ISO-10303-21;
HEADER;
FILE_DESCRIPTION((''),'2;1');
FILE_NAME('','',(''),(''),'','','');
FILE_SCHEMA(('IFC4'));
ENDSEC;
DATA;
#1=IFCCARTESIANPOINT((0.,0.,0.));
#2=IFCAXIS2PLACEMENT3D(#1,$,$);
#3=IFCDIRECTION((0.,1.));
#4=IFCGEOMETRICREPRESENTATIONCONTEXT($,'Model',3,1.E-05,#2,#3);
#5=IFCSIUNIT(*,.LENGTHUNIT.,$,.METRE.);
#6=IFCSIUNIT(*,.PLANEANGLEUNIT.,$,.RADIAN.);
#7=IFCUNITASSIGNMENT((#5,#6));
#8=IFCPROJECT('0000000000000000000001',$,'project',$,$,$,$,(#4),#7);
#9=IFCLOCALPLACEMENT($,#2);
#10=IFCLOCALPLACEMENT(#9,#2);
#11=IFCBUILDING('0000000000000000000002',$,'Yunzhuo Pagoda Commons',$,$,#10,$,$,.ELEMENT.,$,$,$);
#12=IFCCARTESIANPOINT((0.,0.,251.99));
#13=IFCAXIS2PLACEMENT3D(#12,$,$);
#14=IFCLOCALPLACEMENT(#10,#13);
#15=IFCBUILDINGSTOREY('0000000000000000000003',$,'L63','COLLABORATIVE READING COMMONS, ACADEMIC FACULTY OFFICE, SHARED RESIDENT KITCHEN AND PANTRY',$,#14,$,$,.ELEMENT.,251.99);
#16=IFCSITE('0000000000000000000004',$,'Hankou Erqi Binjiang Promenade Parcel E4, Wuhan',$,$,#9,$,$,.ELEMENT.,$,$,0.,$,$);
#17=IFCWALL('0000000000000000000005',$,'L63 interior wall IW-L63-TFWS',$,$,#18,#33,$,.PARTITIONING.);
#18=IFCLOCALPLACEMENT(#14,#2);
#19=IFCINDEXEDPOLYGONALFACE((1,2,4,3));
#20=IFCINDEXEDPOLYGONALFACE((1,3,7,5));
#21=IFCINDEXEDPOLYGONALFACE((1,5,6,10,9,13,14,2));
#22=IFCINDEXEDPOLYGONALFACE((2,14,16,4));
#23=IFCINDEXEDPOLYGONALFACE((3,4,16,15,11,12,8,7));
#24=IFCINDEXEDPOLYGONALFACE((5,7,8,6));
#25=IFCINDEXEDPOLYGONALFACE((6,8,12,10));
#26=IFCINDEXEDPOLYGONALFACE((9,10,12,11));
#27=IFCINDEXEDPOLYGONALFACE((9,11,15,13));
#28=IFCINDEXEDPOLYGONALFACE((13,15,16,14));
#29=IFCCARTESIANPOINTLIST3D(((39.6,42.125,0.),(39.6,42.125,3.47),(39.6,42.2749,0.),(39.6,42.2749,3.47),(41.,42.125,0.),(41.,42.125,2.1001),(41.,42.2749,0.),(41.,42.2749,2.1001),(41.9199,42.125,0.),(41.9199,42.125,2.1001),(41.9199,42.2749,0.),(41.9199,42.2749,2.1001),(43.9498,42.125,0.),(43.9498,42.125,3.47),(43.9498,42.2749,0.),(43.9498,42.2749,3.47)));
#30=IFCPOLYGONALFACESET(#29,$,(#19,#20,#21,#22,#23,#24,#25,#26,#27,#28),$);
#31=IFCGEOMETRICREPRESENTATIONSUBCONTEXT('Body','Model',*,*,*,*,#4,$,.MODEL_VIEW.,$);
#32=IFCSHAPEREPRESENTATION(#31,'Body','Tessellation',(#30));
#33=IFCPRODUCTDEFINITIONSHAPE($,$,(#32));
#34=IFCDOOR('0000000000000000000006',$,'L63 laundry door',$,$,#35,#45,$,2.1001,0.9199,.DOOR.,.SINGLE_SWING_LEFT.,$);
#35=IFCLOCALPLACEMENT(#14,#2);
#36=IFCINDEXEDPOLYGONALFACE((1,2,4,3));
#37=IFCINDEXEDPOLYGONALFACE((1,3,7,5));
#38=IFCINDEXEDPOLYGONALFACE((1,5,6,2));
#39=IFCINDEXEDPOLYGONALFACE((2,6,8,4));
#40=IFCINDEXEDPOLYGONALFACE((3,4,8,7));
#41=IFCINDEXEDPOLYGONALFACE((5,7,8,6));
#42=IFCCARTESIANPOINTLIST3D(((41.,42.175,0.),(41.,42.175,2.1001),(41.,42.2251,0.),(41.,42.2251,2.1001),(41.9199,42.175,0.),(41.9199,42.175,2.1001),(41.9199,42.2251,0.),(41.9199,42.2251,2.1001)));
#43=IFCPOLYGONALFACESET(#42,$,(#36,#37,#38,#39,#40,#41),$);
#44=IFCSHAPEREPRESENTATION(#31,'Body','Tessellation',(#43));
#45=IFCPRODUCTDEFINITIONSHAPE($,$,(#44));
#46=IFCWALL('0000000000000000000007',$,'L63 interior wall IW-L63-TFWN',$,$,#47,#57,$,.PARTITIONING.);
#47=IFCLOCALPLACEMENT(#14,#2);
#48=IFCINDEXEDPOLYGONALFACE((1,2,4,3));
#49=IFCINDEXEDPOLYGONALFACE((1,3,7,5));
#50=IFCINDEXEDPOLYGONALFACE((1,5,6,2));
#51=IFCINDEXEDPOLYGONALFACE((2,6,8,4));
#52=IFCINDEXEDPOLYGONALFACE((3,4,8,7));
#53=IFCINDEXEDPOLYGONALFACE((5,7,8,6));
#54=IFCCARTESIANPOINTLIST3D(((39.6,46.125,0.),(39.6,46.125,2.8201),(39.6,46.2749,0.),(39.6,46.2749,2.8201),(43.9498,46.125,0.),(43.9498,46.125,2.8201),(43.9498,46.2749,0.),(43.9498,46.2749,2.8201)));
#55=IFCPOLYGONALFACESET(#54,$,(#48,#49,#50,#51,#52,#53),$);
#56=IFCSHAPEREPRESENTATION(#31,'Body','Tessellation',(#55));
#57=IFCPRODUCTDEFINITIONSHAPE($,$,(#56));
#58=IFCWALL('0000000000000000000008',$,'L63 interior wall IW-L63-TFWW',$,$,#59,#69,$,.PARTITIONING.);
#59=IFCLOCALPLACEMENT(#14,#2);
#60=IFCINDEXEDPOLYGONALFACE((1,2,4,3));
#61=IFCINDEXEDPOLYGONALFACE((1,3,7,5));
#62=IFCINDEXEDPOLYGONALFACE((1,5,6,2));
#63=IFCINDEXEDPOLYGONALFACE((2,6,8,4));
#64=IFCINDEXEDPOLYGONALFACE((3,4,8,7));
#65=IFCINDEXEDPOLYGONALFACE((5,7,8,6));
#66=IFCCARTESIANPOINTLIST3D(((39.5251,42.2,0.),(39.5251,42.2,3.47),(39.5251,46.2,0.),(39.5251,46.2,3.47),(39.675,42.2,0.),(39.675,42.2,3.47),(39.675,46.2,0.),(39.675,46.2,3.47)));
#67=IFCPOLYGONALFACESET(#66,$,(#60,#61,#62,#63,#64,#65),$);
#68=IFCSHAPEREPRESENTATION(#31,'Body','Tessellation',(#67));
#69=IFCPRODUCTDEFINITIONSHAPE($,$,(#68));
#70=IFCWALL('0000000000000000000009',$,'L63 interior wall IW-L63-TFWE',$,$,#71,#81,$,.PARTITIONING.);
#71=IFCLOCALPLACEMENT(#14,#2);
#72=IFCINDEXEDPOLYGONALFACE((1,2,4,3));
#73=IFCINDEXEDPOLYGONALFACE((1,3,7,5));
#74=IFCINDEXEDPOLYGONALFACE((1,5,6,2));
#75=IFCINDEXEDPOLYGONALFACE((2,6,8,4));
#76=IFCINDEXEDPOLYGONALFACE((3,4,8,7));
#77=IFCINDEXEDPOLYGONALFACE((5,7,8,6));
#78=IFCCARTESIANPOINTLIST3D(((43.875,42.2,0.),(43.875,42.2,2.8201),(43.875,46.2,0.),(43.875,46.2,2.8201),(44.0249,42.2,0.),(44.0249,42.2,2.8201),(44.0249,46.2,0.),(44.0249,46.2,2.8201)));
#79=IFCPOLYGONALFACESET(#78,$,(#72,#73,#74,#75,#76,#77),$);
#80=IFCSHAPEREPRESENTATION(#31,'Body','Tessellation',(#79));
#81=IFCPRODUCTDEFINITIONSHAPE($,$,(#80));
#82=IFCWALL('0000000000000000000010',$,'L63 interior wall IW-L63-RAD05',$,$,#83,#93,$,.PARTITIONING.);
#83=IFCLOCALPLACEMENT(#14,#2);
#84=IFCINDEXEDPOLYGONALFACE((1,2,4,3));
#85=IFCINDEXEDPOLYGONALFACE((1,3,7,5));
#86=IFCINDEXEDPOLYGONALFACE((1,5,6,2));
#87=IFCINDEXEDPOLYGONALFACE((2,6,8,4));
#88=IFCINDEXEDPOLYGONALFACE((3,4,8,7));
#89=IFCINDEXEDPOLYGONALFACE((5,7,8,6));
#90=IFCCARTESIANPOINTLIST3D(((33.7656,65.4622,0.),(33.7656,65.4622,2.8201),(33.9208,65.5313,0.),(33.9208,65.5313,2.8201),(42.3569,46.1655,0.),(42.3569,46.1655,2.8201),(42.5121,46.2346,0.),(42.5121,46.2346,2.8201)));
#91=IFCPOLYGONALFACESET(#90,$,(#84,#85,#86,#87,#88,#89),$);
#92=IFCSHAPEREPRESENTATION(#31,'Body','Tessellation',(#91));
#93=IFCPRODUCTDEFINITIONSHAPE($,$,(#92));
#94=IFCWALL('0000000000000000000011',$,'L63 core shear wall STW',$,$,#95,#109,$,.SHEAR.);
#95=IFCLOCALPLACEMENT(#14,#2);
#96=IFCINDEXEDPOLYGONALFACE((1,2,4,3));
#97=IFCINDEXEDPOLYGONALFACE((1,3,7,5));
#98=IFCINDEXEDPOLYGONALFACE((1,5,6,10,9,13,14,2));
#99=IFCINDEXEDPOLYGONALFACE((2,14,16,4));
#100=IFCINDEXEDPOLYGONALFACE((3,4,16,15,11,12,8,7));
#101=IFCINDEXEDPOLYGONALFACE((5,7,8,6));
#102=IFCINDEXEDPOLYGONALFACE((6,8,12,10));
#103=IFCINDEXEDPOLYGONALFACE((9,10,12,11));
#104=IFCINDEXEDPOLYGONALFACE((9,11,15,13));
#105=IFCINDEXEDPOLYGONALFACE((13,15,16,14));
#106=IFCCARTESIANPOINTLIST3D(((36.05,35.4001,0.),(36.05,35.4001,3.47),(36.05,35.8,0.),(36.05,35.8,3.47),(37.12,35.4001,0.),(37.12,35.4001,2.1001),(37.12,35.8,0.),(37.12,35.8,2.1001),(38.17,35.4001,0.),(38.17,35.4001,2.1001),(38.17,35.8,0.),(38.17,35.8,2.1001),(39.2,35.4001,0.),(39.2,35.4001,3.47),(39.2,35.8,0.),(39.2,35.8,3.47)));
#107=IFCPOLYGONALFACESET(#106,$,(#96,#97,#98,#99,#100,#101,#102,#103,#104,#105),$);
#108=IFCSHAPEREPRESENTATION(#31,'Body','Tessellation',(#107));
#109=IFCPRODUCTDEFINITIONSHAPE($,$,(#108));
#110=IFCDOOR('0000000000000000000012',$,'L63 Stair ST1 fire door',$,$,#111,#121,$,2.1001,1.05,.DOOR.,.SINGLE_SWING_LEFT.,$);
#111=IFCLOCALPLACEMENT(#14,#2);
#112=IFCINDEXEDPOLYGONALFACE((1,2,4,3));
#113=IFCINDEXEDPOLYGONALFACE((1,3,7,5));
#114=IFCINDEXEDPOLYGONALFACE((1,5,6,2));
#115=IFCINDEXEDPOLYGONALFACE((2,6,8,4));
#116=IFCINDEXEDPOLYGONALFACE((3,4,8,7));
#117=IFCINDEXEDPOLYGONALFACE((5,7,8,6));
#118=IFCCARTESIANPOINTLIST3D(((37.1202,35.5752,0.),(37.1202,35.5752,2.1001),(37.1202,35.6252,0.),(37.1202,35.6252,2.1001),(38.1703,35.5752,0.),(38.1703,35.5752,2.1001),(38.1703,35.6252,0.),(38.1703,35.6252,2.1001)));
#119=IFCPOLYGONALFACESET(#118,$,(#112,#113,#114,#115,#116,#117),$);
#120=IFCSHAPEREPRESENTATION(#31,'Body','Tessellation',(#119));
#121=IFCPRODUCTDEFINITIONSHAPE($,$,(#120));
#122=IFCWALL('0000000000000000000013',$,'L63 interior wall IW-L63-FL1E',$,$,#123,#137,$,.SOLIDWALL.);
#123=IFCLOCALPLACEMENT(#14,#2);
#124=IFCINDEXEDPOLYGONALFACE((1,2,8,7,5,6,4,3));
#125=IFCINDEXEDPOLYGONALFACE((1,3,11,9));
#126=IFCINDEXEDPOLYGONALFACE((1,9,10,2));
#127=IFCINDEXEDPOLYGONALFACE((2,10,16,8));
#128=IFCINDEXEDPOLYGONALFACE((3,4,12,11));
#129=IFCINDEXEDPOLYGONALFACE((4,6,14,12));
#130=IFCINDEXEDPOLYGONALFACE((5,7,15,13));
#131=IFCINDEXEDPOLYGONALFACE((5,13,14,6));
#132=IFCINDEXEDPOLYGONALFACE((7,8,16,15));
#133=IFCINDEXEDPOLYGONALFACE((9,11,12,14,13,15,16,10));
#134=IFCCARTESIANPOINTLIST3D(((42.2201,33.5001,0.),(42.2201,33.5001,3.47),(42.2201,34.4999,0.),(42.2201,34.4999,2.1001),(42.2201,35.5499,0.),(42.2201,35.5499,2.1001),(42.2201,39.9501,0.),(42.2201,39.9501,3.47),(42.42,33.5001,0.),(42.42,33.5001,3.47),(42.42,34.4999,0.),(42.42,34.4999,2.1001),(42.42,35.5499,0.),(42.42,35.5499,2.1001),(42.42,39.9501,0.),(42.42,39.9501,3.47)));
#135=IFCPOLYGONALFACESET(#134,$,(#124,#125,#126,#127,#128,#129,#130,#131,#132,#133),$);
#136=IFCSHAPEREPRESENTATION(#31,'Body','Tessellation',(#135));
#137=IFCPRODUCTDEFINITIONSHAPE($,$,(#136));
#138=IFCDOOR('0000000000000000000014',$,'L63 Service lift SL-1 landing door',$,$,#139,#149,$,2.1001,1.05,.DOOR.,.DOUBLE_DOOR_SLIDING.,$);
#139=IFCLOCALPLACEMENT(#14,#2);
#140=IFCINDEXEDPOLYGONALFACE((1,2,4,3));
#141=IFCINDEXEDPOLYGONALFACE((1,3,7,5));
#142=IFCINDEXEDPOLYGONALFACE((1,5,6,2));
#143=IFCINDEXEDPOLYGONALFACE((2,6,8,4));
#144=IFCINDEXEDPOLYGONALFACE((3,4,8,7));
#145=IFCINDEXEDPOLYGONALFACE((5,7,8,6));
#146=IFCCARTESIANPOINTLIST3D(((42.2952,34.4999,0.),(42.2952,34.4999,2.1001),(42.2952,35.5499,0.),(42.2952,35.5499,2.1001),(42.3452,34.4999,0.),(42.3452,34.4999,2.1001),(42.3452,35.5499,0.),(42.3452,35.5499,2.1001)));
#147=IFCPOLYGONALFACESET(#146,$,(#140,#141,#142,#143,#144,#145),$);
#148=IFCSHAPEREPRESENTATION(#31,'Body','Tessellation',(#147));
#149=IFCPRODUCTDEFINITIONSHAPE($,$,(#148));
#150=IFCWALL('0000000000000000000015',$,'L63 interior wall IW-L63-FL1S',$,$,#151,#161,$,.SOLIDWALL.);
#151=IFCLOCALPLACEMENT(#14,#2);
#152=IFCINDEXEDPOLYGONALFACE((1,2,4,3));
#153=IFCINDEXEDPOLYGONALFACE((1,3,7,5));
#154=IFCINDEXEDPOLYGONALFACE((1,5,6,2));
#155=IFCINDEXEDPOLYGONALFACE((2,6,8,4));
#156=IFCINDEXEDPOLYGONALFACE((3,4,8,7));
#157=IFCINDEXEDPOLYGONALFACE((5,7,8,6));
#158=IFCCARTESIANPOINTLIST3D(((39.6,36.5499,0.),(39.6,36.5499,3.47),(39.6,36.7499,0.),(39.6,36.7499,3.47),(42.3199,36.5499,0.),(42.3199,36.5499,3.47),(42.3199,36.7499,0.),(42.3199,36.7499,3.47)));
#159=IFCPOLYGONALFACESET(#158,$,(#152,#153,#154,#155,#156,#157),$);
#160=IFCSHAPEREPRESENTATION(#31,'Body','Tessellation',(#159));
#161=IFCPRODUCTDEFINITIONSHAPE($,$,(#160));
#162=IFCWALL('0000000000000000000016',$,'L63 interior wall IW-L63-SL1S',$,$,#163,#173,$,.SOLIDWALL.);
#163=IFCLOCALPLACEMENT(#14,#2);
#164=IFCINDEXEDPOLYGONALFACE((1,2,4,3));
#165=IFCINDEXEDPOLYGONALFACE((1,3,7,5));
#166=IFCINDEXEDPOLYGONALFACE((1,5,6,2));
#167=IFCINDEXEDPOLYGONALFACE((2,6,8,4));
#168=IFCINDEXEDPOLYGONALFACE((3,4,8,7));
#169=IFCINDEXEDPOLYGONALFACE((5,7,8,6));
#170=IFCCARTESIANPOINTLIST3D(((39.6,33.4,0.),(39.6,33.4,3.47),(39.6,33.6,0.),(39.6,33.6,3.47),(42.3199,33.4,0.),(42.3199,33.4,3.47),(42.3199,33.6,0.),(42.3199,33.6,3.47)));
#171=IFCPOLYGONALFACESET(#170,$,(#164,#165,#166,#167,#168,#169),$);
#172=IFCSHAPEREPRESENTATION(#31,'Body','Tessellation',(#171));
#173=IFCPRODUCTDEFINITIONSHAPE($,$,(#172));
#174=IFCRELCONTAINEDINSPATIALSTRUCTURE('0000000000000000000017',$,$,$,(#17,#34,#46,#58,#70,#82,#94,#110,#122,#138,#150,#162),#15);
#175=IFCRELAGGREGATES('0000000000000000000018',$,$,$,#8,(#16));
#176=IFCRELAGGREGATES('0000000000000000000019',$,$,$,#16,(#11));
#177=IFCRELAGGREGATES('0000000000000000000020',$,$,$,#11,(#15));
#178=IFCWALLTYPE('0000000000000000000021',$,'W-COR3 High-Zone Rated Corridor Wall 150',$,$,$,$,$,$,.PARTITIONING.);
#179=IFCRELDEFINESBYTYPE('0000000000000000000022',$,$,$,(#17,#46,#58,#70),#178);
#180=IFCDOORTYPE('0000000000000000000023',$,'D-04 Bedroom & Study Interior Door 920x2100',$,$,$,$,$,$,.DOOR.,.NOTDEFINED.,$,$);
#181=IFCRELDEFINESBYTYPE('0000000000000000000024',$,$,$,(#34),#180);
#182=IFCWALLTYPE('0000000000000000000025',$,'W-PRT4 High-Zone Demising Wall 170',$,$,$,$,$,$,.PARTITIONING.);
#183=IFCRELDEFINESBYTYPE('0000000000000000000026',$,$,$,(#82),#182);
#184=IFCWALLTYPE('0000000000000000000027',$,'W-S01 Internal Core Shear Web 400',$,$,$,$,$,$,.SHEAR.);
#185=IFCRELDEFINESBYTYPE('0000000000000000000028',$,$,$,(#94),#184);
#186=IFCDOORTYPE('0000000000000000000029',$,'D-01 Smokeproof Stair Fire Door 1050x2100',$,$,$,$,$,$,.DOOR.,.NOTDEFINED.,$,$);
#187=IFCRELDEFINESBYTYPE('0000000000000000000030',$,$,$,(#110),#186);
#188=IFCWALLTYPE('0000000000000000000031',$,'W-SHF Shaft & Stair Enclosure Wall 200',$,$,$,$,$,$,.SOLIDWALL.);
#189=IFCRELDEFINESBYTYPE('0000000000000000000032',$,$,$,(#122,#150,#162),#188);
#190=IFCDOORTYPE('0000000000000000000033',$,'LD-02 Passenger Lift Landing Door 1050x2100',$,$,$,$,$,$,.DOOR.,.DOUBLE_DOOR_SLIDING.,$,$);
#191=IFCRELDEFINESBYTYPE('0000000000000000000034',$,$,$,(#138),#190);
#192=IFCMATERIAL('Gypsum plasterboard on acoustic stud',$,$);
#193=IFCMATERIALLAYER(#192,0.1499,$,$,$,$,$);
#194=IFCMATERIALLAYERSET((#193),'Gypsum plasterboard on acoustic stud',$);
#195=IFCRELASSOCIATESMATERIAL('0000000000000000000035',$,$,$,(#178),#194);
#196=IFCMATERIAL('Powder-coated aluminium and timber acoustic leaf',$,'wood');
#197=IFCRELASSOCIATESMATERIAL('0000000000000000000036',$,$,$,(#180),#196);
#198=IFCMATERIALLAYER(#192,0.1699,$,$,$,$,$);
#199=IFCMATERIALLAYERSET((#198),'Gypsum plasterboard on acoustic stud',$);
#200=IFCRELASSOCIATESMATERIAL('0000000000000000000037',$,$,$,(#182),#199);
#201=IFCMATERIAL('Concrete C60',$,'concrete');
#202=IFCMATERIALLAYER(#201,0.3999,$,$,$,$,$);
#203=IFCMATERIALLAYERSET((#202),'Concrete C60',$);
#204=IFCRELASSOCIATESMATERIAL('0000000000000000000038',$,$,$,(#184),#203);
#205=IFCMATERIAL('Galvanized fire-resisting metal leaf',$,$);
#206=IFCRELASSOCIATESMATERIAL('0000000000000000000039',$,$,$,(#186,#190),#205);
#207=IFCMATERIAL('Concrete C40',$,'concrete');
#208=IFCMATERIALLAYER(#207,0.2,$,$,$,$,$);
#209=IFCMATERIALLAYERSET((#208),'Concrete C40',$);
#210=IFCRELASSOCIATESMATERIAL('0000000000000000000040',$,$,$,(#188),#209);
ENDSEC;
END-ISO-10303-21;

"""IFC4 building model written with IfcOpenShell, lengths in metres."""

from ifc_helpers import new_model, si_unit, direction, frame, frame_2d, origin, origin_with_axes, place, context, subcontext, project, spatial, rectangle, extrude, source, transform, mapped, material, layer, layer_set, type_object, element, fill, save


model = new_model("IFC4")

# Units and contexts
model_context = context("Model", 3, precision=1e-05, world=origin(), true_north=direction((0.0, 1.0)))
body_context = subcontext(model_context, "Body", "Model", "MODEL_VIEW")
ifc_project = project(units=[si_unit("LENGTHUNIT", "METRE"), si_unit("PLANEANGLEUNIT", "RADIAN")], contexts=[model_context])

# Site, building, storey
site_placement = place(None, origin())
site = spatial("IfcSite", under=ifc_project, at=site_placement, Name="Hankou Erqi Binjiang Promenade Parcel E4, Wuhan", CompositionType="ELEMENT", RefElevation=0.0)
building_placement = place(site_placement, origin())
building = spatial("IfcBuilding", under=site, at=building_placement, Name="Yunzhuo Pagoda Commons", CompositionType="ELEMENT")
storey_placement = place(building_placement, frame((0.0, 0.0, 251.99)))
storey = spatial("IfcBuildingStorey", under=building, at=storey_placement, Name="L63", Description="COLLABORATIVE READING COMMONS, ACADEMIC FACULTY OFFICE, SHARED RESIDENT KITCHEN AND PANTRY", CompositionType="ELEMENT", Elevation=251.99)

# Wall, opening, door
ifc_material_1 = material(Name="Galvanized fire-resisting metal leaf")
shared_shape_1 = source(origin(), body_context, "Body", "SweptSolid", [
    extrude(rectangle(XDim=1.05, YDim=2.1001, at=frame_2d((0.5249, 1.05))), frame((0.0, 0.0249, 0.0), z_axis=(0.0, -1.0, 0.0), x_axis=(1.0, 0.0, 0.0)), (0.0, 0.0, 1.0), 0.05),
])
ifc_material_2 = material(Name="Gypsum plasterboard on acoustic stud")
ifc_layer_1 = layer(ifc_material_2, 0.1499)
ifc_layer_set_1 = layer_set([ifc_layer_1], Name="Gypsum plasterboard on acoustic stud")
wall_type_1 = type_object("IfcWallType", Name="W-COR3 High-Zone Rated Corridor Wall 150", PredefinedType="PARTITIONING", material=ifc_layer_set_1)
wall_1_placement = place(storey_placement, frame((39.6001, 42.2, 0.0), z_axis=(0.0, 0.0, 1.0), x_axis=(1.0, 0.0, 0.0)))
wall_1 = element("IfcWall", 1, at=wall_1_placement, inside=storey, type_object=wall_type_1, Name="L63 interior wall IW-L63-TFWS", PredefinedType="PARTITIONING", context=body_context, shape_type="SweptSolid", body=[
    extrude(rectangle(XDim=4.3499, YDim=0.1499, at=frame_2d((2.1748, 0.0))), origin(), (0.0, 0.0, 1.0), 3.47),
])
opening_1_placement = place(wall_1_placement, frame((1.3999, 0.0, 0.0)))
opening_1 = element("IfcOpeningElement", 2, at=opening_1_placement, cuts=wall_1, PredefinedType="OPENING", context=body_context, shape_type="SweptSolid", body=[
    extrude(rectangle(XDim=0.9199, YDim=2.1001, at=frame_2d((0.46, 1.05))), frame((0.0, 0.085, 0.0), z_axis=(0.0, -1.0, 0.0), x_axis=(1.0, 0.0, 0.0)), (0.0, 0.0, 1.0), 0.1699),
])
ifc_material_3 = material(Name="Powder-coated aluminium and timber acoustic leaf", Category="wood")
door_type_1 = type_object("IfcDoorType", Name="D-04 Bedroom & Study Interior Door 920x2100", OperationType="NOTDEFINED", PredefinedType="DOOR", material=ifc_material_3)
shared_shape_2 = source(origin(), body_context, "Body", "SweptSolid", [
    extrude(rectangle(XDim=0.9199, YDim=2.1001, at=frame_2d((0.46, 1.05))), frame((0.0, 0.0249, 0.0), z_axis=(0.0, -1.0, 0.0), x_axis=(1.0, 0.0, 0.0)), (0.0, 0.0, 1.0), 0.05),
])
door_1_placement = place(opening_1_placement, frame((0.9199, 0.0, 0.0), z_axis=(0.0, 0.0, 1.0), x_axis=(-1.0, 0.0, 0.0)))
door_1 = element("IfcDoor", 3, at=door_1_placement, inside=storey, type_object=door_type_1, Name="L63 laundry door", OperationType="SINGLE_SWING_LEFT", OverallHeight=2.1001, OverallWidth=0.9199, PredefinedType="DOOR", context=body_context, shape_type="MappedRepresentation", body=[
    mapped(shared_shape_2, transform((0.0, 0.0, 0.0), scale=1.0)),
])
fill(opening_1, door_1)

# Walls
wall_2_placement = place(storey_placement, frame((39.6001, 46.2, 0.0), z_axis=(0.0, 0.0, 1.0), x_axis=(1.0, 0.0, 0.0)))
element("IfcWall", 4, at=wall_2_placement, inside=storey, type_object=wall_type_1, Name="L63 interior wall IW-L63-TFWN", PredefinedType="PARTITIONING", context=body_context, shape_type="SweptSolid", body=[
    extrude(rectangle(XDim=4.3499, YDim=0.1499, at=frame_2d((2.1748, 0.0))), origin(), (0.0, 0.0, 1.0), 2.8201),
])
wall_3_placement = place(storey_placement, frame((39.6001, 42.2, 0.0), z_axis=(0.0, 0.0, 1.0), x_axis=(0.0, 1.0, 0.0)))
element("IfcWall", 5, at=wall_3_placement, inside=storey, type_object=wall_type_1, Name="L63 interior wall IW-L63-TFWW", PredefinedType="PARTITIONING", context=body_context, shape_type="SweptSolid", body=[
    extrude(rectangle(XDim=4.0, YDim=0.1499, at=frame_2d((2.0, 0.0))), origin(), (0.0, 0.0, 1.0), 3.47),
])
wall_4_placement = place(storey_placement, frame((43.95, 42.2, 0.0), z_axis=(0.0, 0.0, 1.0), x_axis=(0.0, 1.0, 0.0)))
element("IfcWall", 6, at=wall_4_placement, inside=storey, type_object=wall_type_1, Name="L63 interior wall IW-L63-TFWE", PredefinedType="PARTITIONING", context=body_context, shape_type="SweptSolid", body=[
    extrude(rectangle(XDim=4.0, YDim=0.1499, at=frame_2d((2.0, 0.0))), origin(), (0.0, 0.0, 1.0), 2.8201),
])
ifc_layer_2 = layer(ifc_material_2, 0.1699)
ifc_layer_set_2 = layer_set([ifc_layer_2], Name="Gypsum plasterboard on acoustic stud")
wall_type_2 = type_object("IfcWallType", Name="W-PRT4 High-Zone Demising Wall 170", PredefinedType="PARTITIONING", material=ifc_layer_set_2)
wall_5_placement = place(storey_placement, frame((42.4346, 46.2, 0.0), z_axis=(0.0, 0.0, 1.0), x_axis=(-0.406732, 0.913547, 0.0)))
element("IfcWall", 7, at=wall_5_placement, inside=storey, type_object=wall_type_2, Name="L63 interior wall IW-L63-RAD05", PredefinedType="PARTITIONING", context=body_context, shape_type="SweptSolid", body=[
    extrude(rectangle(XDim=21.1228, YDim=0.1699, at=frame_2d((10.5615, 0.0))), origin(), (0.0, 0.0, 1.0), 2.8201),
])

# Walls, openings, doors
ifc_material_4 = material(Name="Concrete C60", Category="concrete")
ifc_layer_3 = layer(ifc_material_4, 0.3999)
ifc_layer_set_3 = layer_set([ifc_layer_3], Name="Concrete C60")
wall_type_3 = type_object("IfcWallType", Name="W-S01 Internal Core Shear Web 400", PredefinedType="SHEAR", material=ifc_layer_set_3)
wall_6_placement = place(storey_placement, frame((36.05, 35.6001, 0.0), z_axis=(0.0, 0.0, 1.0), x_axis=(1.0, 0.0, 0.0)))
wall_6 = element("IfcWall", 8, at=wall_6_placement, inside=storey, type_object=wall_type_3, Name="L63 core shear wall STW", PredefinedType="SHEAR", context=body_context, shape_type="SweptSolid", body=[
    extrude(rectangle(XDim=3.1499, YDim=0.3999, at=frame_2d((1.575, 0.0))), origin(), (0.0, 0.0, 1.0), 3.47),
])
opening_2_placement = place(wall_6_placement, frame((1.0701, 0.0, 0.0)))
opening_2 = element("IfcOpeningElement", 9, at=opening_2_placement, cuts=wall_6, PredefinedType="OPENING", context=body_context, shape_type="SweptSolid", body=[
    extrude(rectangle(XDim=1.05, YDim=2.1001, at=frame_2d((0.5249, 1.05))), frame((0.0, 0.21, 0.0), z_axis=(0.0, -1.0, 0.0), x_axis=(1.0, 0.0, 0.0)), (0.0, 0.0, 1.0), 0.4199),
])
door_type_2 = type_object("IfcDoorType", Name="D-01 Smokeproof Stair Fire Door 1050x2100", OperationType="NOTDEFINED", PredefinedType="DOOR", material=ifc_material_1)
door_2_placement = place(opening_2_placement, frame((1.05, 0.0, 0.0), z_axis=(0.0, 0.0, 1.0), x_axis=(-1.0, 0.0, 0.0)))
door_2 = element("IfcDoor", 10, at=door_2_placement, inside=storey, type_object=door_type_2, Name="L63 Stair ST1 fire door", OperationType="SINGLE_SWING_LEFT", OverallHeight=2.1001, OverallWidth=1.05, PredefinedType="DOOR", context=body_context, shape_type="MappedRepresentation", body=[
    mapped(shared_shape_1, transform((0.0, 0.0, 0.0), scale=1.0)),
])
fill(opening_2, door_2)
ifc_material_5 = material(Name="Concrete C40", Category="concrete")
ifc_layer_4 = layer(ifc_material_5, 0.2)
ifc_layer_set_4 = layer_set([ifc_layer_4], Name="Concrete C40")
wall_type_4 = type_object("IfcWallType", Name="W-SHF Shaft & Stair Enclosure Wall 200", PredefinedType="SOLIDWALL", material=ifc_layer_set_4)
wall_7_placement = place(storey_placement, frame((42.3201, 33.5, 0.0), z_axis=(0.0, 0.0, 1.0), x_axis=(0.0, 1.0, 0.0)))
wall_7 = element("IfcWall", 11, at=wall_7_placement, inside=storey, type_object=wall_type_4, Name="L63 interior wall IW-L63-FL1E", PredefinedType="SOLIDWALL", context=body_context, shape_type="SweptSolid", body=[
    extrude(rectangle(XDim=6.45, YDim=0.2, at=frame_2d((3.2251, 0.0))), origin(), (0.0, 0.0, 1.0), 3.47),
])
opening_3_placement = place(wall_7_placement, frame((1.0, 0.0, 0.0)))
opening_3 = element("IfcOpeningElement", 12, at=opening_3_placement, cuts=wall_7, PredefinedType="OPENING", context=body_context, shape_type="SweptSolid", body=[
    extrude(rectangle(XDim=1.05, YDim=2.1001, at=frame_2d((0.5249, 1.05))), frame((0.0, 0.1099, 0.0), z_axis=(0.0, -1.0, 0.0), x_axis=(1.0, 0.0, 0.0)), (0.0, 0.0, 1.0), 0.22),
])
door_type_3 = type_object("IfcDoorType", Name="LD-02 Passenger Lift Landing Door 1050x2100", OperationType="DOUBLE_DOOR_SLIDING", PredefinedType="DOOR", material=ifc_material_1)
door_3_placement = place(opening_3_placement, origin_with_axes())
door_3 = element("IfcDoor", 13, at=door_3_placement, inside=storey, type_object=door_type_3, Name="L63 Service lift SL-1 landing door", OperationType="DOUBLE_DOOR_SLIDING", OverallHeight=2.1001, OverallWidth=1.05, PredefinedType="DOOR", context=body_context, shape_type="MappedRepresentation", body=[
    mapped(shared_shape_1, transform((0.0, 0.0, 0.0), scale=1.0)),
])
fill(opening_3, door_3)

# Walls
for number, where, z_axis, x_axis, name in (
    (14, (39.6001, 36.6499, 0.0), (0.0, 0.0, 1.0), (1.0, 0.0, 0.0), "L63 interior wall IW-L63-FL1S"),
    (15, (39.6001, 33.5, 0.0), (0.0, 0.0, 1.0), (1.0, 0.0, 0.0), "L63 interior wall IW-L63-SL1S"),
):
    element("IfcWall", number, at=place(storey_placement, frame(where, z_axis=z_axis, x_axis=x_axis)), inside=storey, type_object=wall_type_4, Name=name, PredefinedType="SOLIDWALL", context=body_context, shape_type="SweptSolid", body=[
        extrude(rectangle(XDim=2.72, YDim=0.2, at=frame_2d((1.3599, 0.0))), origin(), (0.0, 0.0, 1.0), 3.47),
    ])

save(model, "model.ifc")
